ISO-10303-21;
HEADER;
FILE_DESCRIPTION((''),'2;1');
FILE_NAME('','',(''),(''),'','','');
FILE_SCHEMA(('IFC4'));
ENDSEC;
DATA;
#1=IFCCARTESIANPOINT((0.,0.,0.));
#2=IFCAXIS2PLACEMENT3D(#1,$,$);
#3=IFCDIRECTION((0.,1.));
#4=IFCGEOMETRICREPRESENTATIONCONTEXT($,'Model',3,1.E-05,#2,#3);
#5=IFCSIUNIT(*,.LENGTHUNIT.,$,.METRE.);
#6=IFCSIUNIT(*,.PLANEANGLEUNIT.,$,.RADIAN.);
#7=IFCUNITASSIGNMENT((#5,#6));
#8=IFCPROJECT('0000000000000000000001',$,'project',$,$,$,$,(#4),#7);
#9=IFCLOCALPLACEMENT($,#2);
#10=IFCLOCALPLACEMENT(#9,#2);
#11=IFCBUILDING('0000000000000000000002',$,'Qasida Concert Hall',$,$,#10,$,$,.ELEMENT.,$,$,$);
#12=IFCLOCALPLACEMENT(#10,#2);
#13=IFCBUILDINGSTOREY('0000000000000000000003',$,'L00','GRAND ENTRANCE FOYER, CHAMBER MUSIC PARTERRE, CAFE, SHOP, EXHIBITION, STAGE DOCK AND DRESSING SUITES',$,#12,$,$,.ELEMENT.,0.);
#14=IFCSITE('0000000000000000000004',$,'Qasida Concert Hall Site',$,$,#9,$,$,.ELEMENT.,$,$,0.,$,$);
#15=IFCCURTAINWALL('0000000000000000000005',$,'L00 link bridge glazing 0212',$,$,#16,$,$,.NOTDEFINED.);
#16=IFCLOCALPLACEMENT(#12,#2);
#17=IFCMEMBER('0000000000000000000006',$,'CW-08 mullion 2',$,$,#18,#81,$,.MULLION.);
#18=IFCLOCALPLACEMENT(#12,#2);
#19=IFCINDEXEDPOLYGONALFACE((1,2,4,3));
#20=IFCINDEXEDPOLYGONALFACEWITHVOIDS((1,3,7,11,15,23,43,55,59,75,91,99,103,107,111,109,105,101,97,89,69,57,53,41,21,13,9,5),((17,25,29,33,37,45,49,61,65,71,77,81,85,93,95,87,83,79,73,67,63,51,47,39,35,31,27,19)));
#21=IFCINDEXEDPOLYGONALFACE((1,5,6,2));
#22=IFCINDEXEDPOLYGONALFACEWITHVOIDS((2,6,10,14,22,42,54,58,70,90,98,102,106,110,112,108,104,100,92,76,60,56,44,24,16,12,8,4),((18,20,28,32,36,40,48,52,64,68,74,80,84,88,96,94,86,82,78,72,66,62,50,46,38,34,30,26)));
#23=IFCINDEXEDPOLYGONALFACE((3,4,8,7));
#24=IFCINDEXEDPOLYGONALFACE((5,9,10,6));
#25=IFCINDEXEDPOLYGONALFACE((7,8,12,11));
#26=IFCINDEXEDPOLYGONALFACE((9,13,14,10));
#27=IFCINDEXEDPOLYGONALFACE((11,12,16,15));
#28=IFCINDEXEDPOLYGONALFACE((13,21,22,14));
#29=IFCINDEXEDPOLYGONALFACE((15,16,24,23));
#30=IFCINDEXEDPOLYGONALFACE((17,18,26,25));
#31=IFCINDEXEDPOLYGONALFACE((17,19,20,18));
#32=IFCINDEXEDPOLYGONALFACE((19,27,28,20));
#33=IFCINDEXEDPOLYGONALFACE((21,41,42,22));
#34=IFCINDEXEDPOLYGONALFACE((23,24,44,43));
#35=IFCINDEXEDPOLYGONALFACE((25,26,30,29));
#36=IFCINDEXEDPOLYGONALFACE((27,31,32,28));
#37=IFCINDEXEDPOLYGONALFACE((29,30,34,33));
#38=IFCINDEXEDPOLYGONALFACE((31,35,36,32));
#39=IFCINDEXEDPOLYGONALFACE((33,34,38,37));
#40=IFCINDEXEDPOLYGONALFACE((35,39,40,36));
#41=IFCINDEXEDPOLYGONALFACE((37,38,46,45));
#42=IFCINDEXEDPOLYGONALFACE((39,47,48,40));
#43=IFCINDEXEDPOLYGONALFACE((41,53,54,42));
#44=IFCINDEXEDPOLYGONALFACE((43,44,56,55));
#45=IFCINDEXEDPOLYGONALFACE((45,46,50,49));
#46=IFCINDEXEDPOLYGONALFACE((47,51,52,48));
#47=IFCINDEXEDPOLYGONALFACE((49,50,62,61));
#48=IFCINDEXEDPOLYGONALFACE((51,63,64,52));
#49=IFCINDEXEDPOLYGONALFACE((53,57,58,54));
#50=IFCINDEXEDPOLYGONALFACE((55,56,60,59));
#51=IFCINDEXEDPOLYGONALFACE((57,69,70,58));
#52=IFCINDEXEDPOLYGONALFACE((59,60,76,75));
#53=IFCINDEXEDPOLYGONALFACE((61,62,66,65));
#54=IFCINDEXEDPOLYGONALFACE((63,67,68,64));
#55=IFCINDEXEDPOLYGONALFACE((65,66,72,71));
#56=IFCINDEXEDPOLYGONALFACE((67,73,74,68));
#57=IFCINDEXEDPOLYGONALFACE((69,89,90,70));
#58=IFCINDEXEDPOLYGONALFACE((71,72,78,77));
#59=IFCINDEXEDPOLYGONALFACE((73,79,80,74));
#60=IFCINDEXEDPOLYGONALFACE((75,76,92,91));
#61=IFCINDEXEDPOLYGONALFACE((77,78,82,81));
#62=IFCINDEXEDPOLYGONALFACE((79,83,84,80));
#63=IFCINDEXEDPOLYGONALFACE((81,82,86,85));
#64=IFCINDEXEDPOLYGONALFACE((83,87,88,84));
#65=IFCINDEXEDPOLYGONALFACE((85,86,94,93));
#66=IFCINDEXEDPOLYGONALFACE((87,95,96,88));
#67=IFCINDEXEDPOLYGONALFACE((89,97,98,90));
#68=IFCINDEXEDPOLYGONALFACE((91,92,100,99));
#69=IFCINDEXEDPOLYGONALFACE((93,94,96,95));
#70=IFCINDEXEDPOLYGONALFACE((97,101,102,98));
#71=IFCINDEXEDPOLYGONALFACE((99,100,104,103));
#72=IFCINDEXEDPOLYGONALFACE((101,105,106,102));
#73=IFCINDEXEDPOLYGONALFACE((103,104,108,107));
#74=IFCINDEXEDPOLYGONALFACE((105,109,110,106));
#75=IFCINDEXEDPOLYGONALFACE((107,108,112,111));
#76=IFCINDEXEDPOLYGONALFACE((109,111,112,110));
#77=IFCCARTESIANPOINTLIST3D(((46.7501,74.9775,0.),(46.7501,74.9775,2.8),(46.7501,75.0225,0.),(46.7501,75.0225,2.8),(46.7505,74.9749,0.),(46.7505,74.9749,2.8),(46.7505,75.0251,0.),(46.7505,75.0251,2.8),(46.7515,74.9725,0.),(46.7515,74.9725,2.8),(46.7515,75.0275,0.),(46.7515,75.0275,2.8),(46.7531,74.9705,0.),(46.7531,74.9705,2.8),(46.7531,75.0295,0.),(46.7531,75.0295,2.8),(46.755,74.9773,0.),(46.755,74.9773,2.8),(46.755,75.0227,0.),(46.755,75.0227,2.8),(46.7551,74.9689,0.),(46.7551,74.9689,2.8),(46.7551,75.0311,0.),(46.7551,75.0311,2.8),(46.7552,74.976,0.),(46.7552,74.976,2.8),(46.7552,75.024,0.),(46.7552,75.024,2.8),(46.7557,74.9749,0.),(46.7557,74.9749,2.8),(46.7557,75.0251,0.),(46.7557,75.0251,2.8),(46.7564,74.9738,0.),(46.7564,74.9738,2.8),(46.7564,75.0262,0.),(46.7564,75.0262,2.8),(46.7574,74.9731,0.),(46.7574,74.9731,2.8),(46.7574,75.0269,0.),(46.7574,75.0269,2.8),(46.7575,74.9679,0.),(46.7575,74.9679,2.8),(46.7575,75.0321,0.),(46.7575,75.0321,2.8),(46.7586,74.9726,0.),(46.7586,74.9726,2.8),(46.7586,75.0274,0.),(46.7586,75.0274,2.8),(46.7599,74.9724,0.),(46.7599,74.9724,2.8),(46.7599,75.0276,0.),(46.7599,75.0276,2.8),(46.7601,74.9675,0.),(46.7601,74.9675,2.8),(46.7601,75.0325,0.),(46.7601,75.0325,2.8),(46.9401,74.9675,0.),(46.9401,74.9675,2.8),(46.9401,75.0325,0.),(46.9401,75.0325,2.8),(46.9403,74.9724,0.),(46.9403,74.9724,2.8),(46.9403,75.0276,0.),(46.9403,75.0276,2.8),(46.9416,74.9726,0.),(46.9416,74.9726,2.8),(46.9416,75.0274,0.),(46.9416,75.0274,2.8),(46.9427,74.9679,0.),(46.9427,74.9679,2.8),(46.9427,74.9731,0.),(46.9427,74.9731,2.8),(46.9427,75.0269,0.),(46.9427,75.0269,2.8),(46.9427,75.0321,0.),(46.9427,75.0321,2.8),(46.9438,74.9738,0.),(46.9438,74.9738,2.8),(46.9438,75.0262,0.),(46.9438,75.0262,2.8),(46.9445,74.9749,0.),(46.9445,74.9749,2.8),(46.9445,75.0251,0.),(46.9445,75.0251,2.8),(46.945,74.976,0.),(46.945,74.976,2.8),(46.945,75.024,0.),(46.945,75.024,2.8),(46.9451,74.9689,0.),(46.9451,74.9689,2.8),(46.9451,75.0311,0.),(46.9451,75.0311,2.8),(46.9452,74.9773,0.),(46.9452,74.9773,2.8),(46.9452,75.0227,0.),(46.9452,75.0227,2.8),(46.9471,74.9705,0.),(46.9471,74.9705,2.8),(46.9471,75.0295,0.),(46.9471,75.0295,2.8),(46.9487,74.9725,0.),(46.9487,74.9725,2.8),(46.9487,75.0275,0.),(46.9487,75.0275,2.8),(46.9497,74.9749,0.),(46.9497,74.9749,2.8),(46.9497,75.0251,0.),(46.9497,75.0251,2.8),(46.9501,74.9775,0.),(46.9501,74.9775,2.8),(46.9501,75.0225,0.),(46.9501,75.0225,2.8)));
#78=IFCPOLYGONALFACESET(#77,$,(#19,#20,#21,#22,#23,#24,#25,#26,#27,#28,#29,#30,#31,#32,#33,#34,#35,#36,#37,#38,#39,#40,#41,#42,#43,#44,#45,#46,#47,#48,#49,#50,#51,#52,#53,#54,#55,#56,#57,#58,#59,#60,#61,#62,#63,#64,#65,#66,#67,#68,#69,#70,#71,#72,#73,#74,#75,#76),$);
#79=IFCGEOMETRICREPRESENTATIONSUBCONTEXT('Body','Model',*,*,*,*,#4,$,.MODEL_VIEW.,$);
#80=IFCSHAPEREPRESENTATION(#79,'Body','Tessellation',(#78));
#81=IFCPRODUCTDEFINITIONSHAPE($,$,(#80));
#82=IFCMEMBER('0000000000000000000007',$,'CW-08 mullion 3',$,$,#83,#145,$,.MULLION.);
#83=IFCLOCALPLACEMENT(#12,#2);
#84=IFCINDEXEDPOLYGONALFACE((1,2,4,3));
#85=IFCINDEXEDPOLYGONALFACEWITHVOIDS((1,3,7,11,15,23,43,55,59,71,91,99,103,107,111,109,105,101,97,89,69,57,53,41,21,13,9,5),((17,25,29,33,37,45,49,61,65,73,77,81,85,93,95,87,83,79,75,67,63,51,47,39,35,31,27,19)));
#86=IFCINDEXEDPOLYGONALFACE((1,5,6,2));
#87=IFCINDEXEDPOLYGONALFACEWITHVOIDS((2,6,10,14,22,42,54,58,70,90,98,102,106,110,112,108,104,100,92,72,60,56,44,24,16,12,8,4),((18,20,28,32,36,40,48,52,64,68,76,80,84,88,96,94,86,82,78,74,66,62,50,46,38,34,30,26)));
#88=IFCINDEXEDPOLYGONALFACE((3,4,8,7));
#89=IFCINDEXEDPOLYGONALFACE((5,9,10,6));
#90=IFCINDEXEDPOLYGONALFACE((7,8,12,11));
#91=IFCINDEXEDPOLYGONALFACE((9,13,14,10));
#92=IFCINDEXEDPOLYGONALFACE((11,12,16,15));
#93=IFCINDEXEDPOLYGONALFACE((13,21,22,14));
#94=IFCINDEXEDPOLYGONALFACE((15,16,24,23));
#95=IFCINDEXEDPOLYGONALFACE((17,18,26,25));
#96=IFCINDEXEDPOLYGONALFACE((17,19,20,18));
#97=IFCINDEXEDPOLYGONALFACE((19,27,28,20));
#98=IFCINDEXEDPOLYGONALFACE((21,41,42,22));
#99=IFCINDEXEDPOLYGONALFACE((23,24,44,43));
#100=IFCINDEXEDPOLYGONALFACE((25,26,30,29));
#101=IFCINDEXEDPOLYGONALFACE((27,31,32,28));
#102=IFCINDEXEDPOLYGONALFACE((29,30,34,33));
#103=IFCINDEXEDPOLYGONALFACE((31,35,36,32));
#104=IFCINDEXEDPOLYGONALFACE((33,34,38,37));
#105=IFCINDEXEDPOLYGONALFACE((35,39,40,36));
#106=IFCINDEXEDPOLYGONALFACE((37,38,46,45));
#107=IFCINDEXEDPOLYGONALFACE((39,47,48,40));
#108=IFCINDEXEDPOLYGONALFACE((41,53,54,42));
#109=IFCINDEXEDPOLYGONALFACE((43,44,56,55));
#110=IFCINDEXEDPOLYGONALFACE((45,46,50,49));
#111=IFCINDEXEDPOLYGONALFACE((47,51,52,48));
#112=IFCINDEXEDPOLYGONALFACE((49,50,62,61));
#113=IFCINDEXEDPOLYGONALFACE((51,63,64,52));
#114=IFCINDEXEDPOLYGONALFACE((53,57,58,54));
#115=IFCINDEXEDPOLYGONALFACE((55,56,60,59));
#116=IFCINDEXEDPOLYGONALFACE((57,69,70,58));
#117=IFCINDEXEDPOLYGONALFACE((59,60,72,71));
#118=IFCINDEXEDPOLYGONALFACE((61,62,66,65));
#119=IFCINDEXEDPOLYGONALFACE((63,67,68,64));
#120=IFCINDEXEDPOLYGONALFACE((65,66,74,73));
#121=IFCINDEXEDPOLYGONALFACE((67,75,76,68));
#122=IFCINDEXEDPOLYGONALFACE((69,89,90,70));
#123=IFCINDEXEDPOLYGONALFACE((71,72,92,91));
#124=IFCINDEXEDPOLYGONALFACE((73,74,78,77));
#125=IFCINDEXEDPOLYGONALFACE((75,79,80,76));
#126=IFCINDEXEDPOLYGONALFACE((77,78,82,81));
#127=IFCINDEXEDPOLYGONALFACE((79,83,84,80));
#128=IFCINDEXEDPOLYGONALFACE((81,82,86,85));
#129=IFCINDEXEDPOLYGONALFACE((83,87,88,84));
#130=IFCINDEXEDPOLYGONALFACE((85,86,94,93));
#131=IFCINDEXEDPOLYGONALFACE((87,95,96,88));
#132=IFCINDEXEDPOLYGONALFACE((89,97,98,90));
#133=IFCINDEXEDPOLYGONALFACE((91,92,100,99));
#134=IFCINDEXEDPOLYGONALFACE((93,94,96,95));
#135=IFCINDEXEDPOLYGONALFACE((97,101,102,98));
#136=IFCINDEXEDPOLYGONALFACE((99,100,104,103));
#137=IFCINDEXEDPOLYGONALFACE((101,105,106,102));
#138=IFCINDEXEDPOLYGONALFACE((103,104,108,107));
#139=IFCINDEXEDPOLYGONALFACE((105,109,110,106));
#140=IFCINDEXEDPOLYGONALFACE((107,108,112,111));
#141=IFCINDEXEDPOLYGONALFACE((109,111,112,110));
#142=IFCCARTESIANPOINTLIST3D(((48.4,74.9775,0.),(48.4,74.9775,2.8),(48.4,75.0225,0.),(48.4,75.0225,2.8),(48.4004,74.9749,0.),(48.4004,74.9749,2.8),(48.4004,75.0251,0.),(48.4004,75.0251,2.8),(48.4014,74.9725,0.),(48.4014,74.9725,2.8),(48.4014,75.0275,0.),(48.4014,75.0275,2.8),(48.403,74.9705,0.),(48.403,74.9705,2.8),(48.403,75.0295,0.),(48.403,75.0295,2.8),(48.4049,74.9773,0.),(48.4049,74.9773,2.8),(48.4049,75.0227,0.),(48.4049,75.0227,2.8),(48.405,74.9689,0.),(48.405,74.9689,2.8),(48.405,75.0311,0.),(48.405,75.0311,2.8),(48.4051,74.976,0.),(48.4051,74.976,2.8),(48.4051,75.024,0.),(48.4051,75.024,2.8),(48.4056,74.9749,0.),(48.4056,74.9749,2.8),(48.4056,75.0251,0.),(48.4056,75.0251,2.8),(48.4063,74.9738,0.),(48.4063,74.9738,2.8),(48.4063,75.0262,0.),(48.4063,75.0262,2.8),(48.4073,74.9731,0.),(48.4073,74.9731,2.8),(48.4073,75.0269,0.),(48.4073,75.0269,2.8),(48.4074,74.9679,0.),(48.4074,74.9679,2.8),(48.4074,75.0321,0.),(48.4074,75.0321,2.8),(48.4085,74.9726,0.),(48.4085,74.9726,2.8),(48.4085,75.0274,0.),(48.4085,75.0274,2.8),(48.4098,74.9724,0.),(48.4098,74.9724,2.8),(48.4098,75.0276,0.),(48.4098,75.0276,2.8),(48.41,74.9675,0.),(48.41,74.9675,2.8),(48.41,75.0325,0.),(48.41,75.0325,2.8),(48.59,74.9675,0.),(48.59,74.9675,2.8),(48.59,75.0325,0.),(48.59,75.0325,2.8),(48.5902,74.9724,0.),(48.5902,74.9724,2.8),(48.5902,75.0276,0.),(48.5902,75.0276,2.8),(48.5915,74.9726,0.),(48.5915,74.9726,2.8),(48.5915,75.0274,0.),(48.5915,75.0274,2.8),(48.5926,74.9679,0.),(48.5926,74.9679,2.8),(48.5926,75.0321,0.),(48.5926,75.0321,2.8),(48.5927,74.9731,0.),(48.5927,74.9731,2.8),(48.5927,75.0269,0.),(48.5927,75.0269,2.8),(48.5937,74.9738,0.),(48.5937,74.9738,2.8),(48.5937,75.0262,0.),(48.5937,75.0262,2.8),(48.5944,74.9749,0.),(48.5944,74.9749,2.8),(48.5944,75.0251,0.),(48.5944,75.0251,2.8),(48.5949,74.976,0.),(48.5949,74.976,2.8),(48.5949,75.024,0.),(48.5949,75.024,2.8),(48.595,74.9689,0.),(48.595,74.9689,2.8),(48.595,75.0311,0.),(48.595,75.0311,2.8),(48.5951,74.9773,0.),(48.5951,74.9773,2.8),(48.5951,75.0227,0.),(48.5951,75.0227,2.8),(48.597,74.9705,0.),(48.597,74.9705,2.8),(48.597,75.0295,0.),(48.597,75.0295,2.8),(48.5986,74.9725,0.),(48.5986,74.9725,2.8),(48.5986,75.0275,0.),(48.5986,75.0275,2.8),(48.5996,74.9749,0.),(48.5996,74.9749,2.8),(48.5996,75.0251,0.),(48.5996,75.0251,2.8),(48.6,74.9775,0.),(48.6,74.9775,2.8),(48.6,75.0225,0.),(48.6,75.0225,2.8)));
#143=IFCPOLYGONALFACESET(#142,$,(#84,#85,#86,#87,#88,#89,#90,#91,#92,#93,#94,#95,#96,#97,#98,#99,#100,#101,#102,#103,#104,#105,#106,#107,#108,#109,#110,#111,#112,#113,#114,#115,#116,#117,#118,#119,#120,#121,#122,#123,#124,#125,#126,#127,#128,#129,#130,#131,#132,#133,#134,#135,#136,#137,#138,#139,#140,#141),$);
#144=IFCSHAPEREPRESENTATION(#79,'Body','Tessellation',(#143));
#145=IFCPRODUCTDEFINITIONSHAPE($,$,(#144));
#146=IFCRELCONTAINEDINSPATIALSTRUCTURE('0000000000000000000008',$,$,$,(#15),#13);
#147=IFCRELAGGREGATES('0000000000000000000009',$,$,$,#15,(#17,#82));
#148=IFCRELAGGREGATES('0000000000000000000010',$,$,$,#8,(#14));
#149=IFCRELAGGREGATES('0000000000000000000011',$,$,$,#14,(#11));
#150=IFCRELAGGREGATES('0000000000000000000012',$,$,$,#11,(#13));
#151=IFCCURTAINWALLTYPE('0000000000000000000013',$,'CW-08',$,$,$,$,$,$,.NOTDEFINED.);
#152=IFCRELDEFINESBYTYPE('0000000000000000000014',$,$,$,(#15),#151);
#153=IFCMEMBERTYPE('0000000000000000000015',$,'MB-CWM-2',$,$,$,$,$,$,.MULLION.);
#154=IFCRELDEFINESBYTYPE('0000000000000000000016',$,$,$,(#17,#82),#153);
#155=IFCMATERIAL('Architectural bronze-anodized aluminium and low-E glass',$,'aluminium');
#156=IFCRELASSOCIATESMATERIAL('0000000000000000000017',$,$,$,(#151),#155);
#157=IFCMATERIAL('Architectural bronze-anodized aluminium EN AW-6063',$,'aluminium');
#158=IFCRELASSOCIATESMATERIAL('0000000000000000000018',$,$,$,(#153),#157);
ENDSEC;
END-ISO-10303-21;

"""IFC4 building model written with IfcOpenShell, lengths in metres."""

from ifc_helpers import new_model, si_unit, direction, frame, origin, origin_2d, place, context, subcontext, project, spatial, hollow_rectangle, extrude, material, material_profile, profile_set, type_object, element, aggregate, save


model = new_model("IFC4")

# Units and contexts
model_context = context("Model", 3, precision=1e-05, world=origin(), true_north=direction((0.0, 1.0)))
body_context = subcontext(model_context, "Body", "Model", "MODEL_VIEW")
ifc_project = project(units=[si_unit("LENGTHUNIT", "METRE"), si_unit("PLANEANGLEUNIT", "RADIAN")], contexts=[model_context])

# Site, building, storey
site_placement = place(None, origin())
site = spatial("IfcSite", under=ifc_project, at=site_placement, Name="Qasida Concert Hall Site", CompositionType="ELEMENT", RefElevation=0.0)
building_placement = place(site_placement, origin())
building = spatial("IfcBuilding", under=site, at=building_placement, Name="Qasida Concert Hall", CompositionType="ELEMENT")
storey_placement = place(building_placement, origin())
storey = spatial("IfcBuildingStorey", under=building, at=storey_placement, Name="L00", Description="GRAND ENTRANCE FOYER, CHAMBER MUSIC PARTERRE, CAFE, SHOP, EXHIBITION, STAGE DOCK AND DRESSING SUITES", CompositionType="ELEMENT", Elevation=0.0)

# Curtain wall, members
ifc_material_1 = material(Name="Architectural bronze-anodized aluminium and low-E glass", Category="aluminium")
curtain_wall_type = type_object("IfcCurtainWallType", Name="CW-08", PredefinedType="NOTDEFINED", material=ifc_material_1)
curtain_wall_placement = place(storey_placement, origin())
curtain_wall = element("IfcCurtainWall", 1, at=curtain_wall_placement, inside=storey, type_object=curtain_wall_type, Name="L00 link bridge glazing 0212", PredefinedType="NOTDEFINED")
ifc_material_2 = material(Name="Architectural bronze-anodized aluminium EN AW-6063", Category="aluminium")
ifc_material_profile_1 = material_profile(ifc_material_2, hollow_rectangle(XDim=0.0649, YDim=0.2, WallThickness=0.0049, InnerFilletRadius=0.0049, OuterFilletRadius=0.01, at=origin_2d()), Name="CWM 200x65x5")
ifc_profile_set_1 = profile_set([ifc_material_profile_1], Name="Architectural bronze-anodized aluminium EN AW-6063")
member_type_1 = type_object("IfcMemberType", Name="MB-CWM-2", PredefinedType="MULLION", material=ifc_profile_set_1)
member_1_placement = place(storey_placement, frame((46.8501, 75.0, 0.0), z_axis=(0.0, 0.0, 1.0), x_axis=(0.0, 1.0, 0.0)))
member_1 = element("IfcMember", 2, at=member_1_placement, type_object=member_type_1, Name="CW-08 mullion 2", PredefinedType="MULLION", context=body_context, shape_type="SweptSolid", body=[
    extrude(hollow_rectangle(XDim=0.0649, YDim=0.2, WallThickness=0.0049, InnerFilletRadius=0.0049, OuterFilletRadius=0.01, at=origin_2d()), origin(), (0.0, 0.0, 1.0), 2.8),
])
member_2_placement = place(storey_placement, frame((48.5, 75.0, 0.0), z_axis=(0.0, 0.0, 1.0), x_axis=(0.0, 1.0, 0.0)))
member_2 = element("IfcMember", 3, at=member_2_placement, type_object=member_type_1, Name="CW-08 mullion 3", PredefinedType="MULLION", context=body_context, shape_type="SweptSolid", body=[
    extrude(hollow_rectangle(XDim=0.0649, YDim=0.2, WallThickness=0.0049, InnerFilletRadius=0.0049, OuterFilletRadius=0.01, at=origin_2d()), origin(), (0.0, 0.0, 1.0), 2.8),
])
aggregate(curtain_wall, [member_1, member_2])

save(model, "model.ifc")
